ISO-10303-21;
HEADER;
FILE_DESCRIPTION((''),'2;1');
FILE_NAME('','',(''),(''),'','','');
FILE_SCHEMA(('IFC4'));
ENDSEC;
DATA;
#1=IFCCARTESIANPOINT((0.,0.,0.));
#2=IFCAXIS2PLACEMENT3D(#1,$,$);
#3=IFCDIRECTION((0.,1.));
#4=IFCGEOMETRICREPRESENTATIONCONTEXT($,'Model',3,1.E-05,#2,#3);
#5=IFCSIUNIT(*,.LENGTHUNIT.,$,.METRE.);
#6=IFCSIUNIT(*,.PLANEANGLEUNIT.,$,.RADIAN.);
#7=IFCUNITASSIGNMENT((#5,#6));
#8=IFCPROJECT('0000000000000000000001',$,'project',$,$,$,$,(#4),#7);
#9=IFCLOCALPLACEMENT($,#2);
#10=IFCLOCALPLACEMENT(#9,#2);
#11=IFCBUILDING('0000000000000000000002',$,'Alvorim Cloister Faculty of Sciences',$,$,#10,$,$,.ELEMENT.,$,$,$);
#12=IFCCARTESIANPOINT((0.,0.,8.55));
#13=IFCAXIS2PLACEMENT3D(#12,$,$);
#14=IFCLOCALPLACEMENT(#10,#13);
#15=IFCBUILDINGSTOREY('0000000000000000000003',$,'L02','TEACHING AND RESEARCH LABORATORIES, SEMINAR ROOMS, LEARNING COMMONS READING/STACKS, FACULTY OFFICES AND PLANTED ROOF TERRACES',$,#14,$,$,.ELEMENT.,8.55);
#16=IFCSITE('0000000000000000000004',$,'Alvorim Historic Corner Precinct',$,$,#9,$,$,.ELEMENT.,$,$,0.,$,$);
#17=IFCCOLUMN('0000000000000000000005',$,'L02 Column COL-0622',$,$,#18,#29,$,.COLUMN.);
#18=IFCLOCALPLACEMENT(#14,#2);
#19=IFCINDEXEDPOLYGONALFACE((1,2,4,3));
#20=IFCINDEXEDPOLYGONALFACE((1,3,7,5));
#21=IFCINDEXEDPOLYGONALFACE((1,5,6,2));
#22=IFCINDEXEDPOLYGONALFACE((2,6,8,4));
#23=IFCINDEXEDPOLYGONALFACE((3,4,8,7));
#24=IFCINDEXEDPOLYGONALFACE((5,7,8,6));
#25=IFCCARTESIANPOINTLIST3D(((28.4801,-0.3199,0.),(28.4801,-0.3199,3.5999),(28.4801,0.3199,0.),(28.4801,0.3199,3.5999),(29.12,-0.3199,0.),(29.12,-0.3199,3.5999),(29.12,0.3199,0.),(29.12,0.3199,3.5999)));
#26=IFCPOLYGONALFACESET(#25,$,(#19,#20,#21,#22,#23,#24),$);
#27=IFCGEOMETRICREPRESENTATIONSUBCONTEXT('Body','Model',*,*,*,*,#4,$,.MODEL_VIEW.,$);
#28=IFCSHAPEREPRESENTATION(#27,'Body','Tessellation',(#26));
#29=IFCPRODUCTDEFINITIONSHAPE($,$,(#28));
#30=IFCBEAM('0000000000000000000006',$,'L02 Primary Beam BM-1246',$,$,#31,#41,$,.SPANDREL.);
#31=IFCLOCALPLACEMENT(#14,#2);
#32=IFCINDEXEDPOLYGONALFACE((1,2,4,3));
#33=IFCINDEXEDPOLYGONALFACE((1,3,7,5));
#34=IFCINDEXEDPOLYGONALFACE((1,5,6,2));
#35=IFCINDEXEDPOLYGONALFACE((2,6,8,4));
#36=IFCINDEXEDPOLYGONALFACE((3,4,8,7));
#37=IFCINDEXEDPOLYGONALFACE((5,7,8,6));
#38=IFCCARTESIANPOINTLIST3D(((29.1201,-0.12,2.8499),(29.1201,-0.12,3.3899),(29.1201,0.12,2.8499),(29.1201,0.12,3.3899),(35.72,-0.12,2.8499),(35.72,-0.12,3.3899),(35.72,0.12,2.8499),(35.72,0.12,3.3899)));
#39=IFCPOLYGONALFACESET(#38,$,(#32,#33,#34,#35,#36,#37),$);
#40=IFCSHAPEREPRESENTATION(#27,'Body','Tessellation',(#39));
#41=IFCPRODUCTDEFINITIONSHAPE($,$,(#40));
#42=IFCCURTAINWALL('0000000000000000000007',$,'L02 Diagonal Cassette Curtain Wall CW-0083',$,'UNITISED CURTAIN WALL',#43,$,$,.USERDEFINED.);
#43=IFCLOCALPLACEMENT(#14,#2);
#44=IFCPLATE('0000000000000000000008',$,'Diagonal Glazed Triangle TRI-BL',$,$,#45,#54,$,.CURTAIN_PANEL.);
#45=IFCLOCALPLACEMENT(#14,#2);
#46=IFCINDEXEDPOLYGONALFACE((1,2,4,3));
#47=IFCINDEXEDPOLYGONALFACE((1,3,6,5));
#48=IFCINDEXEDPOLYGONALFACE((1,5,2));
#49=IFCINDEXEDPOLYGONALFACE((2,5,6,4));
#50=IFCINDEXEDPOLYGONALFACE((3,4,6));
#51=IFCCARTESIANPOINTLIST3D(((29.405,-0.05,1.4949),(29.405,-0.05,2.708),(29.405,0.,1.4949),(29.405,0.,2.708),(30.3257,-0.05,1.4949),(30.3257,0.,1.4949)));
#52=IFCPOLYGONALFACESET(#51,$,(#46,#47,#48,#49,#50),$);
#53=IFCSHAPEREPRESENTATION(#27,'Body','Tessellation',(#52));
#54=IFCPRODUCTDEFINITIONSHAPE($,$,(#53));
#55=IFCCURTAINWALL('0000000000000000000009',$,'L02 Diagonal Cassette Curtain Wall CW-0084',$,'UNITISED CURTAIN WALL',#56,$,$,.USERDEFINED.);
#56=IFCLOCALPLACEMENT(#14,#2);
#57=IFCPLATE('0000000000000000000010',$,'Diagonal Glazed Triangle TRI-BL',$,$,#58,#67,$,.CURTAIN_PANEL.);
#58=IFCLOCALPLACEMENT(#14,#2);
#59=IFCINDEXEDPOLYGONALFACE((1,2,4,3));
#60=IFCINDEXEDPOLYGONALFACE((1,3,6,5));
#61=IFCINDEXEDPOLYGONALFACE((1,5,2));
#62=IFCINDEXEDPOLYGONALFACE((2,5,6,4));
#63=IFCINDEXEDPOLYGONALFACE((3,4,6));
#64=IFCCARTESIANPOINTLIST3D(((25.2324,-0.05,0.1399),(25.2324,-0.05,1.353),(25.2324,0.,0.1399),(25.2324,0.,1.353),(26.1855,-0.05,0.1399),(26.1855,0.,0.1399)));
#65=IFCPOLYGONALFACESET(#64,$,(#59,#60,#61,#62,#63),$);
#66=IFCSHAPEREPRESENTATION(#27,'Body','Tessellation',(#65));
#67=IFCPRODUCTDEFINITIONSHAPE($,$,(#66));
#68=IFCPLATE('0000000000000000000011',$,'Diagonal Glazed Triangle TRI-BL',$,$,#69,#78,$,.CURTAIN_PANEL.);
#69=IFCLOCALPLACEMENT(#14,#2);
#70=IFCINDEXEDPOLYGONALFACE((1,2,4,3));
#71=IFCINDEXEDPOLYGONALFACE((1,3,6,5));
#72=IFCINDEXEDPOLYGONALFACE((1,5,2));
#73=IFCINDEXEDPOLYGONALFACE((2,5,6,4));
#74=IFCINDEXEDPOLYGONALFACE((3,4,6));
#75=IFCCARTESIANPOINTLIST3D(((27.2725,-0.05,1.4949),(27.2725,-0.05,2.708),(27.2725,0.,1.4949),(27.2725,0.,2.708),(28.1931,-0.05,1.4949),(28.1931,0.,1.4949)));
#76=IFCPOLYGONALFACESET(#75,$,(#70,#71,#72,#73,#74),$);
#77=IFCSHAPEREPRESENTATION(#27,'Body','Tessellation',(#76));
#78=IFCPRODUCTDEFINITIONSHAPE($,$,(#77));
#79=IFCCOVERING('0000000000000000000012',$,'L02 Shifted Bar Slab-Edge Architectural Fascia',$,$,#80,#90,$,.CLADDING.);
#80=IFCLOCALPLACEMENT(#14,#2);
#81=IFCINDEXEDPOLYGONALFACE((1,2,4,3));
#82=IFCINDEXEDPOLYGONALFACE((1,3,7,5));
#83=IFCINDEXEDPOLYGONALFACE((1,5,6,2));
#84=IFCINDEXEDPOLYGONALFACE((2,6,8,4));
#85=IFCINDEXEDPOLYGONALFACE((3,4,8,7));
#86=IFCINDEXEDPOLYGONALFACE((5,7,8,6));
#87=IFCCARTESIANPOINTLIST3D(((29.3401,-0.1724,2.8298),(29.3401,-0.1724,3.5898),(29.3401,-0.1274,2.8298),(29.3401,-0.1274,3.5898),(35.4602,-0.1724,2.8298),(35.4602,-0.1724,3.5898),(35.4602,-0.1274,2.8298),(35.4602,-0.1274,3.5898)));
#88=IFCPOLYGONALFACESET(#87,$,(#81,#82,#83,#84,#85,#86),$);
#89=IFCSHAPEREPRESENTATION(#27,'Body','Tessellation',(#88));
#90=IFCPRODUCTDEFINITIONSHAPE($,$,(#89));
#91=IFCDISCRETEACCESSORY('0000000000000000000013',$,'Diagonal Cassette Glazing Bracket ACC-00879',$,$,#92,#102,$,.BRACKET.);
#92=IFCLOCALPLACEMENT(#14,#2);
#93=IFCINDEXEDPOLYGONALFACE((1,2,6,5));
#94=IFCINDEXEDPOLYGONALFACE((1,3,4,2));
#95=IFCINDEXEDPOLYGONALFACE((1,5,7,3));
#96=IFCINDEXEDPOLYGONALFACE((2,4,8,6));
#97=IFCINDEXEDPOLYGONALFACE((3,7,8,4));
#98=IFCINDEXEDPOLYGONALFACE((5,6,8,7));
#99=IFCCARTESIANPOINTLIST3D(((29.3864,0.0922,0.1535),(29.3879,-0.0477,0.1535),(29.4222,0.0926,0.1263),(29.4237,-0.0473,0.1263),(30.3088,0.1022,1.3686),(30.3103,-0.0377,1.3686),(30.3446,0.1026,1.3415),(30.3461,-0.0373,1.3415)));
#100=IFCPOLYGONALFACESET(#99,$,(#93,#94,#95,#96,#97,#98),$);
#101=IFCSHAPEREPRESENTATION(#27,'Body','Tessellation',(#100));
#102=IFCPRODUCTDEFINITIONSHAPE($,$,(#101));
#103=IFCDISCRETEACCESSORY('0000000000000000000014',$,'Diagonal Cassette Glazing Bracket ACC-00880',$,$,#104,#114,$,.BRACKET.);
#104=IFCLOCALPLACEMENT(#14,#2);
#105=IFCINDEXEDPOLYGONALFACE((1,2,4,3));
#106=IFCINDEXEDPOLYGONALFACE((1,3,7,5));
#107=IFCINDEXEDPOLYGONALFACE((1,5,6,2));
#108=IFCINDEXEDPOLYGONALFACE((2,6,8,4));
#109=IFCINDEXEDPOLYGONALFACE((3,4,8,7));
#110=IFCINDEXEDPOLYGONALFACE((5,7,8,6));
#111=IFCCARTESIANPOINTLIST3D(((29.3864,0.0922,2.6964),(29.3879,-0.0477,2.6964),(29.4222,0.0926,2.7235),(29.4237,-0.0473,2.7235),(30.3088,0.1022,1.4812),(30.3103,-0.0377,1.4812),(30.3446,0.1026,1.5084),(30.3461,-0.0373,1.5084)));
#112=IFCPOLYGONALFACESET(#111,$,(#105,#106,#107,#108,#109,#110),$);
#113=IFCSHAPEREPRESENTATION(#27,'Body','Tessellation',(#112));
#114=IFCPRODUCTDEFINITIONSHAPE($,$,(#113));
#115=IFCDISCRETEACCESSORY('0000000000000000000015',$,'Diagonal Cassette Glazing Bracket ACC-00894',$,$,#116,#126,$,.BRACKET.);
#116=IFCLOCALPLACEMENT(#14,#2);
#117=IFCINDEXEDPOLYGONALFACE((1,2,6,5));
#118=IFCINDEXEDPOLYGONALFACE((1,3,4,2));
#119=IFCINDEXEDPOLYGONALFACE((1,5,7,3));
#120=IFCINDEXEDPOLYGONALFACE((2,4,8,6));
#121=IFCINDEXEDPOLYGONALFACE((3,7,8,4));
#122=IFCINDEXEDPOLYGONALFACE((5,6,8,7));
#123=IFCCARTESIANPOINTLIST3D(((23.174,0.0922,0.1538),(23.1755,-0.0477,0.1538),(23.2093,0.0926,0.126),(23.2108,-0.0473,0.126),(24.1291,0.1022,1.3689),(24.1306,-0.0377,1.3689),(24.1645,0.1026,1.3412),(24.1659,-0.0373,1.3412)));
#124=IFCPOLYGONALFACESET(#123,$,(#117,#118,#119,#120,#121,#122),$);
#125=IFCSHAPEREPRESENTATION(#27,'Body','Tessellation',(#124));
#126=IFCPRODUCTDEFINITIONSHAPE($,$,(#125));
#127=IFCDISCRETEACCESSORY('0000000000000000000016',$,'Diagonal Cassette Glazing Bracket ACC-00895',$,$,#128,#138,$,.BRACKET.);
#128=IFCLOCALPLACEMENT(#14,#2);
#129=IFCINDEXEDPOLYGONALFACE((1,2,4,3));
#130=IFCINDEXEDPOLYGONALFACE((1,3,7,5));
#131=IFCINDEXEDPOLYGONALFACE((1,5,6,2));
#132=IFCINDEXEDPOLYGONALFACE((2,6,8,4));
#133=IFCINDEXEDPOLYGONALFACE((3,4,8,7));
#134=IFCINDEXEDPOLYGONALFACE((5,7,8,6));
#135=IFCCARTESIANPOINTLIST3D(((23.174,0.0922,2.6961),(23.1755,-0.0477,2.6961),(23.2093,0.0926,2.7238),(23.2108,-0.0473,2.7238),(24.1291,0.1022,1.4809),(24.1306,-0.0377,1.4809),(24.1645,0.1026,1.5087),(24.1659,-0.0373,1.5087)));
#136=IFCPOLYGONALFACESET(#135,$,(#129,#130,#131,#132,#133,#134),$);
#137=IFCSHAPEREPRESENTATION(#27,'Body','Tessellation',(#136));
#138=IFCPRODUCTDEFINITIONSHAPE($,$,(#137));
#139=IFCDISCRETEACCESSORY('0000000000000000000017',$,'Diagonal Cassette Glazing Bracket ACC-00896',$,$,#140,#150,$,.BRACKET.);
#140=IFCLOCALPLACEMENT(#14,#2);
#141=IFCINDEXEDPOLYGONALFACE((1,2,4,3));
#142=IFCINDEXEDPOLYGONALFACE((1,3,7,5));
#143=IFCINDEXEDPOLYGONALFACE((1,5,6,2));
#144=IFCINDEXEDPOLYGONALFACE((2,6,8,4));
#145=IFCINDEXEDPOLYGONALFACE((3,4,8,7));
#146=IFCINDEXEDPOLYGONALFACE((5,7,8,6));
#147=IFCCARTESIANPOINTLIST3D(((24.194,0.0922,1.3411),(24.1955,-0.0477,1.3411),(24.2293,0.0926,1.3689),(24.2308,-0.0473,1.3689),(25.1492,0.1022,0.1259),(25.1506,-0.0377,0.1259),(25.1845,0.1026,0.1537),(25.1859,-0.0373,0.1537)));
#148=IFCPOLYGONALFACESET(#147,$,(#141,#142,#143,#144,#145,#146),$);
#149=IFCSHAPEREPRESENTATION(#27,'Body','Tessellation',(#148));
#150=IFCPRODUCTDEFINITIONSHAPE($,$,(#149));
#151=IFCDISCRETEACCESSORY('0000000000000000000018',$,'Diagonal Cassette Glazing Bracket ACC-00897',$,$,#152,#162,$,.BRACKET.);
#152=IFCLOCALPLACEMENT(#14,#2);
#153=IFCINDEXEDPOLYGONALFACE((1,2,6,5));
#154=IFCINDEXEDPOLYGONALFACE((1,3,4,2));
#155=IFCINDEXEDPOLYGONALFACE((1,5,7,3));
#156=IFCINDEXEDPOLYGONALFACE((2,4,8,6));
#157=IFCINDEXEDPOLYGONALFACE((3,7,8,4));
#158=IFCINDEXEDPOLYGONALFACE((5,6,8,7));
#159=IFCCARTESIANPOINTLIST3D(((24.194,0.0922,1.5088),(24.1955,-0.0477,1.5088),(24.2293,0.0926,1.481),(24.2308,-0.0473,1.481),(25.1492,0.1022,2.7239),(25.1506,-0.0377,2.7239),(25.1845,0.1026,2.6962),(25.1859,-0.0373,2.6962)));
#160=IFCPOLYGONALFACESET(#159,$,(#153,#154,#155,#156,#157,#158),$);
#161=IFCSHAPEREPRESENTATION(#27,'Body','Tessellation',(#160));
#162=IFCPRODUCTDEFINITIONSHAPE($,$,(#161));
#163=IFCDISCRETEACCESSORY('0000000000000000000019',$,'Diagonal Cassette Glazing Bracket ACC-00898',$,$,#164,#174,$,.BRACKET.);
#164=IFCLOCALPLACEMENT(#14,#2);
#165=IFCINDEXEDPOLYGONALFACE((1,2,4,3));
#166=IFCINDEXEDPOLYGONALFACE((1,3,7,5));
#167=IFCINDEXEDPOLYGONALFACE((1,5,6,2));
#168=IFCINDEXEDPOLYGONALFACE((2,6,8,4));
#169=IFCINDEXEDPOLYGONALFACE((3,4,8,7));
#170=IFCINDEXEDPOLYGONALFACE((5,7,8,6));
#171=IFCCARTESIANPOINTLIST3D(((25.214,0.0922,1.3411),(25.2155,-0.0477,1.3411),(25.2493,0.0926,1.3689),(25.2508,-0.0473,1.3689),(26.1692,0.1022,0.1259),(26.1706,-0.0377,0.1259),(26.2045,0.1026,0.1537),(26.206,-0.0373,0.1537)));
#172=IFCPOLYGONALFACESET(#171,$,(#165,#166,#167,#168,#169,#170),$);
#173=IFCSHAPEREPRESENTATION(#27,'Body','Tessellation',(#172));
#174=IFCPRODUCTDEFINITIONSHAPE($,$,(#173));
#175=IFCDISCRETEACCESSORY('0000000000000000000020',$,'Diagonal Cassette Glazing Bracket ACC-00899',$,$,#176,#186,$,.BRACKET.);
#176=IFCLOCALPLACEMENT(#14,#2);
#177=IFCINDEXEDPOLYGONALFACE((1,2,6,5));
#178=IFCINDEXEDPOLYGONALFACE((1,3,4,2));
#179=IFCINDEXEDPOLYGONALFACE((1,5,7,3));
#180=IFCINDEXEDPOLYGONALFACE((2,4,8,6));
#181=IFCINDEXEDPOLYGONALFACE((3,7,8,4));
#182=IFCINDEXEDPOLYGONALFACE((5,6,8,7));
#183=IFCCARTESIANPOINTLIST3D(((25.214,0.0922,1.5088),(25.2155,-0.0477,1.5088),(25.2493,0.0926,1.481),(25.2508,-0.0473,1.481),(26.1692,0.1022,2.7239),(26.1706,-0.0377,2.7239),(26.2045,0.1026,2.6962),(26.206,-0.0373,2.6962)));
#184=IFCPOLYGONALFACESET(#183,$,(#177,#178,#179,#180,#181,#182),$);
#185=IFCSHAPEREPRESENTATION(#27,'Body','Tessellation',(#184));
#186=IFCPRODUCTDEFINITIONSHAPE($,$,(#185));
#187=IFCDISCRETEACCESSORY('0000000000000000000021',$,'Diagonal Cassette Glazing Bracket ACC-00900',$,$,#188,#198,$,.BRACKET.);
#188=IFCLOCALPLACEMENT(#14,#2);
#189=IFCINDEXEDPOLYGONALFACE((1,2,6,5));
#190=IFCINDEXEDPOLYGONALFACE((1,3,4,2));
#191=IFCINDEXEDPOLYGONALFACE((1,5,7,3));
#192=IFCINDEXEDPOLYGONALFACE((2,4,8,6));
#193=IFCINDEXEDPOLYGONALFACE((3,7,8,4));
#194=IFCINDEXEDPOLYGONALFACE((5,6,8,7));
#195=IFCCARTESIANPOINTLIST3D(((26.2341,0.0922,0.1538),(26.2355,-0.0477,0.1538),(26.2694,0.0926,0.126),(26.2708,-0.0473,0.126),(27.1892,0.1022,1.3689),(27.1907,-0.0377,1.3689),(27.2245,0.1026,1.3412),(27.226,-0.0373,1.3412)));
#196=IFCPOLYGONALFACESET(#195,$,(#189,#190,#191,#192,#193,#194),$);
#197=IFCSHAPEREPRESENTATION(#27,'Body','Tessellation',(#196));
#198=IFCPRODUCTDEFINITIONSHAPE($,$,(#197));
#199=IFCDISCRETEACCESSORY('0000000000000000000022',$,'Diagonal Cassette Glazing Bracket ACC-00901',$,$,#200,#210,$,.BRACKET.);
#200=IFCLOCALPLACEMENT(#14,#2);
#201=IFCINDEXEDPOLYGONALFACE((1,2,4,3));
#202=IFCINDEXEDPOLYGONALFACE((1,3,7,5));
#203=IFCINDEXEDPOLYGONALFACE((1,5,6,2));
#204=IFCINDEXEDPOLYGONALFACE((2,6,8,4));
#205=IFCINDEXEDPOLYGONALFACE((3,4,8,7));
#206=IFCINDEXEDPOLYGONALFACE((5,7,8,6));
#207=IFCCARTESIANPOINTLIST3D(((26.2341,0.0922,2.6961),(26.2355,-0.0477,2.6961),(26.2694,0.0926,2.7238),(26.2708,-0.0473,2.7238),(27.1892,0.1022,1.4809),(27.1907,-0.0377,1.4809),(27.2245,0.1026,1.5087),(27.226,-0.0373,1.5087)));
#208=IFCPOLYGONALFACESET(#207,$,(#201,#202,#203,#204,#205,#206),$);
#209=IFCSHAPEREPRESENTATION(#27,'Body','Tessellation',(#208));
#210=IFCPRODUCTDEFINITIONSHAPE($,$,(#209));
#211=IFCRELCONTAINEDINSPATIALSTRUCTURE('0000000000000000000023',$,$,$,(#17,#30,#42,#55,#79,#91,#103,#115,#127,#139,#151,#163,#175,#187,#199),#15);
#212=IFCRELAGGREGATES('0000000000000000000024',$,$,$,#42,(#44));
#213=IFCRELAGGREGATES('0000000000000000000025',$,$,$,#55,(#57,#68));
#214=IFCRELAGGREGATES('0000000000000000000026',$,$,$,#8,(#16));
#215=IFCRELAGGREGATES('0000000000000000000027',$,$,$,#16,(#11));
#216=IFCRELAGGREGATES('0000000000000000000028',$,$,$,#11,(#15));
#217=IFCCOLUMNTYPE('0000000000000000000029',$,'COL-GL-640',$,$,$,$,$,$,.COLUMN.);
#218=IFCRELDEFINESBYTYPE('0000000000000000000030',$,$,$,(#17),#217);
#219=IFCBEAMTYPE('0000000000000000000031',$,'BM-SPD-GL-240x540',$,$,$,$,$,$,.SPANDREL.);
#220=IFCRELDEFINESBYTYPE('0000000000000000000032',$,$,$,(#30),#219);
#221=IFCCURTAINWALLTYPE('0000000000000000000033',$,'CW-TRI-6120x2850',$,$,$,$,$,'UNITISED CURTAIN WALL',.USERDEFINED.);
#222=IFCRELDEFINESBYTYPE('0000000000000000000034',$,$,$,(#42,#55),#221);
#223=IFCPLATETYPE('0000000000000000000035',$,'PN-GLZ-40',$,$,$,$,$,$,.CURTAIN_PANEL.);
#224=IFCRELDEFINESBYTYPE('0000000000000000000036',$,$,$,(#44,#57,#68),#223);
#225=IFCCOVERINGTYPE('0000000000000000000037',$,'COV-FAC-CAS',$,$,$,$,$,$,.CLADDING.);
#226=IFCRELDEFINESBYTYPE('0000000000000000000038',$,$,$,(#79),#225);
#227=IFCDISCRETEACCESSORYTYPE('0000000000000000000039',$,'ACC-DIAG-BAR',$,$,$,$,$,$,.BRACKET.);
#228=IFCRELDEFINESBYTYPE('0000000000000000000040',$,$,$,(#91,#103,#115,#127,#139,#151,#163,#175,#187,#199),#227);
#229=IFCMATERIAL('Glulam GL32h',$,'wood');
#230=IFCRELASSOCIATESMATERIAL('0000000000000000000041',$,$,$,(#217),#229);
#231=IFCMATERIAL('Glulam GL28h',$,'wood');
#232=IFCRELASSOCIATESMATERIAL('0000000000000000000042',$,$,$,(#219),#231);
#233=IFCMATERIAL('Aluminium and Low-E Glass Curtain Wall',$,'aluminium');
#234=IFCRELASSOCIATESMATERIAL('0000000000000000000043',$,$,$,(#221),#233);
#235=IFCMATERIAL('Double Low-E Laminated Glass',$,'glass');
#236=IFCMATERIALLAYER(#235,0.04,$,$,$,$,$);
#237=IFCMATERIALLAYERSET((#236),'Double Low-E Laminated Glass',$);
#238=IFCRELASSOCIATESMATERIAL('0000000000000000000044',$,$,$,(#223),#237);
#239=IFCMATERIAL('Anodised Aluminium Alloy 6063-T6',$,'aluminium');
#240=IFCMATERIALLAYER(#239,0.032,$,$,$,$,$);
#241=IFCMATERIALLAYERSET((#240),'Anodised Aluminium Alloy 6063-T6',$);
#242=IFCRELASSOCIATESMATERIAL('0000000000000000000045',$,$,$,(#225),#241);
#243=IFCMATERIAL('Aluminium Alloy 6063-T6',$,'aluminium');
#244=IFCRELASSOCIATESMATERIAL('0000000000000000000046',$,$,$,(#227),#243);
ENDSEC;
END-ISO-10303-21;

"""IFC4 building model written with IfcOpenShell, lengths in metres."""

from ifc_helpers import new_model, si_unit, direction, frame, origin, origin_2d, place, context, subcontext, project, spatial, polyline, rectangle, outline, extrude, material, layer, layer_set, material_profile, profile_set, type_object, element, aggregate, save


model = new_model("IFC4")

# Units and contexts
model_context = context("Model", 3, precision=1e-05, world=origin(), true_north=direction((0.0, 1.0)))
body_context = subcontext(model_context, "Body", "Model", "MODEL_VIEW")
ifc_project = project(units=[si_unit("LENGTHUNIT", "METRE"), si_unit("PLANEANGLEUNIT", "RADIAN")], contexts=[model_context])

# Site, building, storey
site_placement = place(None, origin())
site = spatial("IfcSite", under=ifc_project, at=site_placement, Name="Alvorim Historic Corner Precinct", CompositionType="ELEMENT", RefElevation=0.0)
building_placement = place(site_placement, origin())
building = spatial("IfcBuilding", under=site, at=building_placement, Name="Alvorim Cloister Faculty of Sciences", CompositionType="ELEMENT")
storey_placement = place(building_placement, frame((0.0, 0.0, 8.55)))
storey = spatial("IfcBuildingStorey", under=building, at=storey_placement, Name="L02", Description="TEACHING AND RESEARCH LABORATORIES, SEMINAR ROOMS, LEARNING COMMONS READING/STACKS, FACULTY OFFICES AND PLANTED ROOF TERRACES", CompositionType="ELEMENT", Elevation=8.55)

# Column
ifc_material_1 = material(Name="Glulam GL32h", Category="wood")
ifc_material_profile_1 = material_profile(ifc_material_1, rectangle(XDim=0.6399, YDim=0.6399, at=origin_2d()), Name="GL32-COL-640x640")
ifc_profile_set_1 = profile_set([ifc_material_profile_1], Name="Glulam GL32h")
column_type = type_object("IfcColumnType", Name="COL-GL-640", PredefinedType="COLUMN", material=ifc_profile_set_1)
column_placement = place(storey_placement, frame((28.8, 0.0, 0.0), z_axis=(0.0, 0.0, 1.0), x_axis=(1.0, 0.0, 0.0)))
element("IfcColumn", 1, at=column_placement, inside=storey, type_object=column_type, Name="L02 Column COL-0622", PredefinedType="COLUMN", context=body_context, shape_type="SweptSolid", body=[
    extrude(rectangle(XDim=0.6399, YDim=0.6399, at=origin_2d()), origin(), (0.0, 0.0, 1.0), 3.5999),
])

# Beam
ifc_material_2 = material(Name="Glulam GL28h", Category="wood")
ifc_material_profile_2 = material_profile(ifc_material_2, rectangle(XDim=0.24, YDim=0.54, at=origin_2d()), Name="GL28-SPD-240x540")
ifc_profile_set_2 = profile_set([ifc_material_profile_2], Name="Glulam GL28h")
beam_type = type_object("IfcBeamType", Name="BM-SPD-GL-240x540", PredefinedType="SPANDREL", material=ifc_profile_set_2)
beam_placement = place(storey_placement, frame((29.1201, 0.0, 3.1199), z_axis=(1.0, 0.0, 0.0), x_axis=(0.0, 1.0, 0.0)))
element("IfcBeam", 2, at=beam_placement, inside=storey, type_object=beam_type, Name="L02 Primary Beam BM-1246", PredefinedType="SPANDREL", context=body_context, shape_type="SweptSolid", body=[
    extrude(rectangle(XDim=0.24, YDim=0.54, at=origin_2d()), origin(), (0.0, 0.0, 1.0), 6.5999),
])

# Curtain walls, plates
ifc_material_3 = material(Name="Aluminium and Low-E Glass Curtain Wall", Category="aluminium")
curtain_wall_type = type_object("IfcCurtainWallType", Name="CW-TRI-6120x2850", ElementType="UNITISED CURTAIN WALL", PredefinedType="USERDEFINED", material=ifc_material_3)
curtain_wall_1_placement = place(storey_placement, origin())
curtain_wall_1 = element("IfcCurtainWall", 3, at=curtain_wall_1_placement, inside=storey, type_object=curtain_wall_type, Name="L02 Diagonal Cassette Curtain Wall CW-0083", ObjectType="UNITISED CURTAIN WALL", PredefinedType="USERDEFINED")
ifc_material_4 = material(Name="Double Low-E Laminated Glass", Category="glass")
ifc_layer_1 = layer(ifc_material_4, 0.04)
ifc_layer_set_1 = layer_set([ifc_layer_1], Name="Double Low-E Laminated Glass")
plate_type = type_object("IfcPlateType", Name="PN-GLZ-40", PredefinedType="CURTAIN_PANEL", material=ifc_layer_set_1)
plate_1_placement = place(storey_placement, frame((29.405, -0.0249, 1.4949), z_axis=(0.0, 0.0, 1.0), x_axis=(1.0, 0.0, 0.0)))
plate_1 = element("IfcPlate", 4, at=plate_1_placement, type_object=plate_type, Name="Diagonal Glazed Triangle TRI-BL", PredefinedType="CURTAIN_PANEL", context=body_context, shape_type="SweptSolid", body=[
    extrude(outline(polyline([(0.0, 0.0), (0.9207, 0.0), (0.0, 1.2131), (0.0, 0.0)])), frame((0.0, 0.0249, 0.0), z_axis=(0.0, -1.0, 0.0), x_axis=(1.0, 0.0, 0.0)), (0.0, 0.0, 1.0), 0.05),
])
aggregate(curtain_wall_1, [plate_1])
curtain_wall_2_placement = place(storey_placement, origin())
curtain_wall_2 = element("IfcCurtainWall", 5, at=curtain_wall_2_placement, inside=storey, type_object=curtain_wall_type, Name="L02 Diagonal Cassette Curtain Wall CW-0084", ObjectType="UNITISED CURTAIN WALL", PredefinedType="USERDEFINED")
plate_2_placement = place(storey_placement, frame((25.2324, -0.0249, 0.1399), z_axis=(0.0, 0.0, 1.0), x_axis=(1.0, 0.0, 0.0)))
plate_2 = element("IfcPlate", 6, at=plate_2_placement, type_object=plate_type, Name="Diagonal Glazed Triangle TRI-BL", PredefinedType="CURTAIN_PANEL", context=body_context, shape_type="SweptSolid", body=[
    extrude(outline(polyline([(0.0, 0.0), (0.9531, 0.0), (0.0, 1.2131), (0.0, 0.0)])), frame((0.0, 0.0249, 0.0), z_axis=(0.0, -1.0, 0.0), x_axis=(1.0, 0.0, 0.0)), (0.0, 0.0, 1.0), 0.05),
])
plate_3_placement = place(storey_placement, frame((27.2725, -0.0249, 1.4949), z_axis=(0.0, 0.0, 1.0), x_axis=(1.0, 0.0, 0.0)))
plate_3 = element("IfcPlate", 7, at=plate_3_placement, type_object=plate_type, Name="Diagonal Glazed Triangle TRI-BL", PredefinedType="CURTAIN_PANEL", context=body_context, shape_type="SweptSolid", body=[
    extrude(outline(polyline([(0.0, 0.0), (0.9207, 0.0), (0.0, 1.2131), (0.0, 0.0)])), frame((0.0, 0.0249, 0.0), z_axis=(0.0, -1.0, 0.0), x_axis=(1.0, 0.0, 0.0)), (0.0, 0.0, 1.0), 0.05),
])
aggregate(curtain_wall_2, [plate_2, plate_3])

# Covering
ifc_material_5 = material(Name="Anodised Aluminium Alloy 6063-T6", Category="aluminium")
ifc_layer_2 = layer(ifc_material_5, 0.032)
ifc_layer_set_2 = layer_set([ifc_layer_2], Name="Anodised Aluminium Alloy 6063-T6")
covering_type = type_object("IfcCoveringType", Name="COV-FAC-CAS", PredefinedType="CLADDING", material=ifc_layer_set_2)
covering_placement = place(storey_placement, frame((29.3401, -0.1499, 2.8298), z_axis=(0.0, 0.0, 1.0), x_axis=(1.0, 0.0, 0.0)))
element("IfcCovering", 8, at=covering_placement, inside=storey, type_object=covering_type, Name="L02 Shifted Bar Slab-Edge Architectural Fascia", PredefinedType="CLADDING", context=body_context, shape_type="SweptSolid", body=[
    extrude(outline(polyline([(0.0, 0.0), (6.1201, 0.0), (6.1201, 0.76), (0.0, 0.76), (0.0, 0.0)])), frame((0.0, 0.0225, 0.0), z_axis=(0.0, -1.0, 0.0), x_axis=(1.0, 0.0, 0.0)), (0.0, 0.0, 1.0), 0.0449),
])

# Discrete accessories
ifc_material_6 = material(Name="Aluminium Alloy 6063-T6", Category="aluminium")
discrete_accessory_type = type_object("IfcDiscreteAccessoryType", Name="ACC-DIAG-BAR", PredefinedType="BRACKET", material=ifc_material_6)
for number, where, z_axis, x_axis, name in (
    (9, (29.405, 0.0225, 0.1399), (0.604612, 0.006561, 0.796493), (-0.010852, 0.999941, 0.0), "Diagonal Cassette Glazing Bracket ACC-00879"),
    (10, (29.405, 0.0225, 2.71), (0.604612, 0.006561, -0.796493), (-0.010852, 0.999941, 0.0), "Diagonal Cassette Glazing Bracket ACC-00880"),
):
    element("IfcDiscreteAccessory", number, at=place(storey_placement, frame(where, z_axis=z_axis, x_axis=x_axis)), inside=storey, type_object=discrete_accessory_type, Name=name, PredefinedType="BRACKET", context=body_context, shape_type="SweptSolid", body=[
        extrude(rectangle(XDim=0.1399, YDim=0.0449, at=origin_2d()), origin(), (0.0, 0.0, 1.0), 1.5256),
    ])
for number, where, z_axis, x_axis, name in (
    (11, (23.1924, 0.0225, 0.1399), (0.617955, 0.006477, 0.786187), (-0.01048, 0.999945, 0.0), "Diagonal Cassette Glazing Bracket ACC-00894"),
    (12, (23.1924, 0.0225, 2.71), (0.617955, 0.006477, -0.786187), (-0.01048, 0.999945, 0.0), "Diagonal Cassette Glazing Bracket ACC-00895"),
    (13, (24.2124, 0.0225, 1.355), (0.617955, 0.006477, -0.786187), (-0.01048, 0.999945, 0.0), "Diagonal Cassette Glazing Bracket ACC-00896"),
    (14, (24.2124, 0.0225, 1.4949), (0.617955, 0.006477, 0.786187), (-0.01048, 0.999945, 0.0), "Diagonal Cassette Glazing Bracket ACC-00897"),
    (15, (25.2324, 0.0225, 1.355), (0.617955, 0.006477, -0.786187), (-0.01048, 0.999945, 0.0), "Diagonal Cassette Glazing Bracket ACC-00898"),
    (16, (25.2324, 0.0225, 1.4949), (0.617955, 0.006477, 0.786187), (-0.01048, 0.999945, 0.0), "Diagonal Cassette Glazing Bracket ACC-00899"),
    (17, (26.2524, 0.0225, 0.1399), (0.617955, 0.006477, 0.786187), (-0.01048, 0.999945, 0.0), "Diagonal Cassette Glazing Bracket ACC-00900"),
    (18, (26.2524, 0.0225, 2.71), (0.617955, 0.006477, -0.786187), (-0.01048, 0.999945, 0.0), "Diagonal Cassette Glazing Bracket ACC-00901"),
):
    element("IfcDiscreteAccessory", number, at=place(storey_placement, frame(where, z_axis=z_axis, x_axis=x_axis)), inside=storey, type_object=discrete_accessory_type, Name=name, PredefinedType="BRACKET", context=body_context, shape_type="SweptSolid", body=[
        extrude(rectangle(XDim=0.1399, YDim=0.0449, at=origin_2d()), origin(), (0.0, 0.0, 1.0), 1.5457),
    ])

save(model, "model.ifc")
